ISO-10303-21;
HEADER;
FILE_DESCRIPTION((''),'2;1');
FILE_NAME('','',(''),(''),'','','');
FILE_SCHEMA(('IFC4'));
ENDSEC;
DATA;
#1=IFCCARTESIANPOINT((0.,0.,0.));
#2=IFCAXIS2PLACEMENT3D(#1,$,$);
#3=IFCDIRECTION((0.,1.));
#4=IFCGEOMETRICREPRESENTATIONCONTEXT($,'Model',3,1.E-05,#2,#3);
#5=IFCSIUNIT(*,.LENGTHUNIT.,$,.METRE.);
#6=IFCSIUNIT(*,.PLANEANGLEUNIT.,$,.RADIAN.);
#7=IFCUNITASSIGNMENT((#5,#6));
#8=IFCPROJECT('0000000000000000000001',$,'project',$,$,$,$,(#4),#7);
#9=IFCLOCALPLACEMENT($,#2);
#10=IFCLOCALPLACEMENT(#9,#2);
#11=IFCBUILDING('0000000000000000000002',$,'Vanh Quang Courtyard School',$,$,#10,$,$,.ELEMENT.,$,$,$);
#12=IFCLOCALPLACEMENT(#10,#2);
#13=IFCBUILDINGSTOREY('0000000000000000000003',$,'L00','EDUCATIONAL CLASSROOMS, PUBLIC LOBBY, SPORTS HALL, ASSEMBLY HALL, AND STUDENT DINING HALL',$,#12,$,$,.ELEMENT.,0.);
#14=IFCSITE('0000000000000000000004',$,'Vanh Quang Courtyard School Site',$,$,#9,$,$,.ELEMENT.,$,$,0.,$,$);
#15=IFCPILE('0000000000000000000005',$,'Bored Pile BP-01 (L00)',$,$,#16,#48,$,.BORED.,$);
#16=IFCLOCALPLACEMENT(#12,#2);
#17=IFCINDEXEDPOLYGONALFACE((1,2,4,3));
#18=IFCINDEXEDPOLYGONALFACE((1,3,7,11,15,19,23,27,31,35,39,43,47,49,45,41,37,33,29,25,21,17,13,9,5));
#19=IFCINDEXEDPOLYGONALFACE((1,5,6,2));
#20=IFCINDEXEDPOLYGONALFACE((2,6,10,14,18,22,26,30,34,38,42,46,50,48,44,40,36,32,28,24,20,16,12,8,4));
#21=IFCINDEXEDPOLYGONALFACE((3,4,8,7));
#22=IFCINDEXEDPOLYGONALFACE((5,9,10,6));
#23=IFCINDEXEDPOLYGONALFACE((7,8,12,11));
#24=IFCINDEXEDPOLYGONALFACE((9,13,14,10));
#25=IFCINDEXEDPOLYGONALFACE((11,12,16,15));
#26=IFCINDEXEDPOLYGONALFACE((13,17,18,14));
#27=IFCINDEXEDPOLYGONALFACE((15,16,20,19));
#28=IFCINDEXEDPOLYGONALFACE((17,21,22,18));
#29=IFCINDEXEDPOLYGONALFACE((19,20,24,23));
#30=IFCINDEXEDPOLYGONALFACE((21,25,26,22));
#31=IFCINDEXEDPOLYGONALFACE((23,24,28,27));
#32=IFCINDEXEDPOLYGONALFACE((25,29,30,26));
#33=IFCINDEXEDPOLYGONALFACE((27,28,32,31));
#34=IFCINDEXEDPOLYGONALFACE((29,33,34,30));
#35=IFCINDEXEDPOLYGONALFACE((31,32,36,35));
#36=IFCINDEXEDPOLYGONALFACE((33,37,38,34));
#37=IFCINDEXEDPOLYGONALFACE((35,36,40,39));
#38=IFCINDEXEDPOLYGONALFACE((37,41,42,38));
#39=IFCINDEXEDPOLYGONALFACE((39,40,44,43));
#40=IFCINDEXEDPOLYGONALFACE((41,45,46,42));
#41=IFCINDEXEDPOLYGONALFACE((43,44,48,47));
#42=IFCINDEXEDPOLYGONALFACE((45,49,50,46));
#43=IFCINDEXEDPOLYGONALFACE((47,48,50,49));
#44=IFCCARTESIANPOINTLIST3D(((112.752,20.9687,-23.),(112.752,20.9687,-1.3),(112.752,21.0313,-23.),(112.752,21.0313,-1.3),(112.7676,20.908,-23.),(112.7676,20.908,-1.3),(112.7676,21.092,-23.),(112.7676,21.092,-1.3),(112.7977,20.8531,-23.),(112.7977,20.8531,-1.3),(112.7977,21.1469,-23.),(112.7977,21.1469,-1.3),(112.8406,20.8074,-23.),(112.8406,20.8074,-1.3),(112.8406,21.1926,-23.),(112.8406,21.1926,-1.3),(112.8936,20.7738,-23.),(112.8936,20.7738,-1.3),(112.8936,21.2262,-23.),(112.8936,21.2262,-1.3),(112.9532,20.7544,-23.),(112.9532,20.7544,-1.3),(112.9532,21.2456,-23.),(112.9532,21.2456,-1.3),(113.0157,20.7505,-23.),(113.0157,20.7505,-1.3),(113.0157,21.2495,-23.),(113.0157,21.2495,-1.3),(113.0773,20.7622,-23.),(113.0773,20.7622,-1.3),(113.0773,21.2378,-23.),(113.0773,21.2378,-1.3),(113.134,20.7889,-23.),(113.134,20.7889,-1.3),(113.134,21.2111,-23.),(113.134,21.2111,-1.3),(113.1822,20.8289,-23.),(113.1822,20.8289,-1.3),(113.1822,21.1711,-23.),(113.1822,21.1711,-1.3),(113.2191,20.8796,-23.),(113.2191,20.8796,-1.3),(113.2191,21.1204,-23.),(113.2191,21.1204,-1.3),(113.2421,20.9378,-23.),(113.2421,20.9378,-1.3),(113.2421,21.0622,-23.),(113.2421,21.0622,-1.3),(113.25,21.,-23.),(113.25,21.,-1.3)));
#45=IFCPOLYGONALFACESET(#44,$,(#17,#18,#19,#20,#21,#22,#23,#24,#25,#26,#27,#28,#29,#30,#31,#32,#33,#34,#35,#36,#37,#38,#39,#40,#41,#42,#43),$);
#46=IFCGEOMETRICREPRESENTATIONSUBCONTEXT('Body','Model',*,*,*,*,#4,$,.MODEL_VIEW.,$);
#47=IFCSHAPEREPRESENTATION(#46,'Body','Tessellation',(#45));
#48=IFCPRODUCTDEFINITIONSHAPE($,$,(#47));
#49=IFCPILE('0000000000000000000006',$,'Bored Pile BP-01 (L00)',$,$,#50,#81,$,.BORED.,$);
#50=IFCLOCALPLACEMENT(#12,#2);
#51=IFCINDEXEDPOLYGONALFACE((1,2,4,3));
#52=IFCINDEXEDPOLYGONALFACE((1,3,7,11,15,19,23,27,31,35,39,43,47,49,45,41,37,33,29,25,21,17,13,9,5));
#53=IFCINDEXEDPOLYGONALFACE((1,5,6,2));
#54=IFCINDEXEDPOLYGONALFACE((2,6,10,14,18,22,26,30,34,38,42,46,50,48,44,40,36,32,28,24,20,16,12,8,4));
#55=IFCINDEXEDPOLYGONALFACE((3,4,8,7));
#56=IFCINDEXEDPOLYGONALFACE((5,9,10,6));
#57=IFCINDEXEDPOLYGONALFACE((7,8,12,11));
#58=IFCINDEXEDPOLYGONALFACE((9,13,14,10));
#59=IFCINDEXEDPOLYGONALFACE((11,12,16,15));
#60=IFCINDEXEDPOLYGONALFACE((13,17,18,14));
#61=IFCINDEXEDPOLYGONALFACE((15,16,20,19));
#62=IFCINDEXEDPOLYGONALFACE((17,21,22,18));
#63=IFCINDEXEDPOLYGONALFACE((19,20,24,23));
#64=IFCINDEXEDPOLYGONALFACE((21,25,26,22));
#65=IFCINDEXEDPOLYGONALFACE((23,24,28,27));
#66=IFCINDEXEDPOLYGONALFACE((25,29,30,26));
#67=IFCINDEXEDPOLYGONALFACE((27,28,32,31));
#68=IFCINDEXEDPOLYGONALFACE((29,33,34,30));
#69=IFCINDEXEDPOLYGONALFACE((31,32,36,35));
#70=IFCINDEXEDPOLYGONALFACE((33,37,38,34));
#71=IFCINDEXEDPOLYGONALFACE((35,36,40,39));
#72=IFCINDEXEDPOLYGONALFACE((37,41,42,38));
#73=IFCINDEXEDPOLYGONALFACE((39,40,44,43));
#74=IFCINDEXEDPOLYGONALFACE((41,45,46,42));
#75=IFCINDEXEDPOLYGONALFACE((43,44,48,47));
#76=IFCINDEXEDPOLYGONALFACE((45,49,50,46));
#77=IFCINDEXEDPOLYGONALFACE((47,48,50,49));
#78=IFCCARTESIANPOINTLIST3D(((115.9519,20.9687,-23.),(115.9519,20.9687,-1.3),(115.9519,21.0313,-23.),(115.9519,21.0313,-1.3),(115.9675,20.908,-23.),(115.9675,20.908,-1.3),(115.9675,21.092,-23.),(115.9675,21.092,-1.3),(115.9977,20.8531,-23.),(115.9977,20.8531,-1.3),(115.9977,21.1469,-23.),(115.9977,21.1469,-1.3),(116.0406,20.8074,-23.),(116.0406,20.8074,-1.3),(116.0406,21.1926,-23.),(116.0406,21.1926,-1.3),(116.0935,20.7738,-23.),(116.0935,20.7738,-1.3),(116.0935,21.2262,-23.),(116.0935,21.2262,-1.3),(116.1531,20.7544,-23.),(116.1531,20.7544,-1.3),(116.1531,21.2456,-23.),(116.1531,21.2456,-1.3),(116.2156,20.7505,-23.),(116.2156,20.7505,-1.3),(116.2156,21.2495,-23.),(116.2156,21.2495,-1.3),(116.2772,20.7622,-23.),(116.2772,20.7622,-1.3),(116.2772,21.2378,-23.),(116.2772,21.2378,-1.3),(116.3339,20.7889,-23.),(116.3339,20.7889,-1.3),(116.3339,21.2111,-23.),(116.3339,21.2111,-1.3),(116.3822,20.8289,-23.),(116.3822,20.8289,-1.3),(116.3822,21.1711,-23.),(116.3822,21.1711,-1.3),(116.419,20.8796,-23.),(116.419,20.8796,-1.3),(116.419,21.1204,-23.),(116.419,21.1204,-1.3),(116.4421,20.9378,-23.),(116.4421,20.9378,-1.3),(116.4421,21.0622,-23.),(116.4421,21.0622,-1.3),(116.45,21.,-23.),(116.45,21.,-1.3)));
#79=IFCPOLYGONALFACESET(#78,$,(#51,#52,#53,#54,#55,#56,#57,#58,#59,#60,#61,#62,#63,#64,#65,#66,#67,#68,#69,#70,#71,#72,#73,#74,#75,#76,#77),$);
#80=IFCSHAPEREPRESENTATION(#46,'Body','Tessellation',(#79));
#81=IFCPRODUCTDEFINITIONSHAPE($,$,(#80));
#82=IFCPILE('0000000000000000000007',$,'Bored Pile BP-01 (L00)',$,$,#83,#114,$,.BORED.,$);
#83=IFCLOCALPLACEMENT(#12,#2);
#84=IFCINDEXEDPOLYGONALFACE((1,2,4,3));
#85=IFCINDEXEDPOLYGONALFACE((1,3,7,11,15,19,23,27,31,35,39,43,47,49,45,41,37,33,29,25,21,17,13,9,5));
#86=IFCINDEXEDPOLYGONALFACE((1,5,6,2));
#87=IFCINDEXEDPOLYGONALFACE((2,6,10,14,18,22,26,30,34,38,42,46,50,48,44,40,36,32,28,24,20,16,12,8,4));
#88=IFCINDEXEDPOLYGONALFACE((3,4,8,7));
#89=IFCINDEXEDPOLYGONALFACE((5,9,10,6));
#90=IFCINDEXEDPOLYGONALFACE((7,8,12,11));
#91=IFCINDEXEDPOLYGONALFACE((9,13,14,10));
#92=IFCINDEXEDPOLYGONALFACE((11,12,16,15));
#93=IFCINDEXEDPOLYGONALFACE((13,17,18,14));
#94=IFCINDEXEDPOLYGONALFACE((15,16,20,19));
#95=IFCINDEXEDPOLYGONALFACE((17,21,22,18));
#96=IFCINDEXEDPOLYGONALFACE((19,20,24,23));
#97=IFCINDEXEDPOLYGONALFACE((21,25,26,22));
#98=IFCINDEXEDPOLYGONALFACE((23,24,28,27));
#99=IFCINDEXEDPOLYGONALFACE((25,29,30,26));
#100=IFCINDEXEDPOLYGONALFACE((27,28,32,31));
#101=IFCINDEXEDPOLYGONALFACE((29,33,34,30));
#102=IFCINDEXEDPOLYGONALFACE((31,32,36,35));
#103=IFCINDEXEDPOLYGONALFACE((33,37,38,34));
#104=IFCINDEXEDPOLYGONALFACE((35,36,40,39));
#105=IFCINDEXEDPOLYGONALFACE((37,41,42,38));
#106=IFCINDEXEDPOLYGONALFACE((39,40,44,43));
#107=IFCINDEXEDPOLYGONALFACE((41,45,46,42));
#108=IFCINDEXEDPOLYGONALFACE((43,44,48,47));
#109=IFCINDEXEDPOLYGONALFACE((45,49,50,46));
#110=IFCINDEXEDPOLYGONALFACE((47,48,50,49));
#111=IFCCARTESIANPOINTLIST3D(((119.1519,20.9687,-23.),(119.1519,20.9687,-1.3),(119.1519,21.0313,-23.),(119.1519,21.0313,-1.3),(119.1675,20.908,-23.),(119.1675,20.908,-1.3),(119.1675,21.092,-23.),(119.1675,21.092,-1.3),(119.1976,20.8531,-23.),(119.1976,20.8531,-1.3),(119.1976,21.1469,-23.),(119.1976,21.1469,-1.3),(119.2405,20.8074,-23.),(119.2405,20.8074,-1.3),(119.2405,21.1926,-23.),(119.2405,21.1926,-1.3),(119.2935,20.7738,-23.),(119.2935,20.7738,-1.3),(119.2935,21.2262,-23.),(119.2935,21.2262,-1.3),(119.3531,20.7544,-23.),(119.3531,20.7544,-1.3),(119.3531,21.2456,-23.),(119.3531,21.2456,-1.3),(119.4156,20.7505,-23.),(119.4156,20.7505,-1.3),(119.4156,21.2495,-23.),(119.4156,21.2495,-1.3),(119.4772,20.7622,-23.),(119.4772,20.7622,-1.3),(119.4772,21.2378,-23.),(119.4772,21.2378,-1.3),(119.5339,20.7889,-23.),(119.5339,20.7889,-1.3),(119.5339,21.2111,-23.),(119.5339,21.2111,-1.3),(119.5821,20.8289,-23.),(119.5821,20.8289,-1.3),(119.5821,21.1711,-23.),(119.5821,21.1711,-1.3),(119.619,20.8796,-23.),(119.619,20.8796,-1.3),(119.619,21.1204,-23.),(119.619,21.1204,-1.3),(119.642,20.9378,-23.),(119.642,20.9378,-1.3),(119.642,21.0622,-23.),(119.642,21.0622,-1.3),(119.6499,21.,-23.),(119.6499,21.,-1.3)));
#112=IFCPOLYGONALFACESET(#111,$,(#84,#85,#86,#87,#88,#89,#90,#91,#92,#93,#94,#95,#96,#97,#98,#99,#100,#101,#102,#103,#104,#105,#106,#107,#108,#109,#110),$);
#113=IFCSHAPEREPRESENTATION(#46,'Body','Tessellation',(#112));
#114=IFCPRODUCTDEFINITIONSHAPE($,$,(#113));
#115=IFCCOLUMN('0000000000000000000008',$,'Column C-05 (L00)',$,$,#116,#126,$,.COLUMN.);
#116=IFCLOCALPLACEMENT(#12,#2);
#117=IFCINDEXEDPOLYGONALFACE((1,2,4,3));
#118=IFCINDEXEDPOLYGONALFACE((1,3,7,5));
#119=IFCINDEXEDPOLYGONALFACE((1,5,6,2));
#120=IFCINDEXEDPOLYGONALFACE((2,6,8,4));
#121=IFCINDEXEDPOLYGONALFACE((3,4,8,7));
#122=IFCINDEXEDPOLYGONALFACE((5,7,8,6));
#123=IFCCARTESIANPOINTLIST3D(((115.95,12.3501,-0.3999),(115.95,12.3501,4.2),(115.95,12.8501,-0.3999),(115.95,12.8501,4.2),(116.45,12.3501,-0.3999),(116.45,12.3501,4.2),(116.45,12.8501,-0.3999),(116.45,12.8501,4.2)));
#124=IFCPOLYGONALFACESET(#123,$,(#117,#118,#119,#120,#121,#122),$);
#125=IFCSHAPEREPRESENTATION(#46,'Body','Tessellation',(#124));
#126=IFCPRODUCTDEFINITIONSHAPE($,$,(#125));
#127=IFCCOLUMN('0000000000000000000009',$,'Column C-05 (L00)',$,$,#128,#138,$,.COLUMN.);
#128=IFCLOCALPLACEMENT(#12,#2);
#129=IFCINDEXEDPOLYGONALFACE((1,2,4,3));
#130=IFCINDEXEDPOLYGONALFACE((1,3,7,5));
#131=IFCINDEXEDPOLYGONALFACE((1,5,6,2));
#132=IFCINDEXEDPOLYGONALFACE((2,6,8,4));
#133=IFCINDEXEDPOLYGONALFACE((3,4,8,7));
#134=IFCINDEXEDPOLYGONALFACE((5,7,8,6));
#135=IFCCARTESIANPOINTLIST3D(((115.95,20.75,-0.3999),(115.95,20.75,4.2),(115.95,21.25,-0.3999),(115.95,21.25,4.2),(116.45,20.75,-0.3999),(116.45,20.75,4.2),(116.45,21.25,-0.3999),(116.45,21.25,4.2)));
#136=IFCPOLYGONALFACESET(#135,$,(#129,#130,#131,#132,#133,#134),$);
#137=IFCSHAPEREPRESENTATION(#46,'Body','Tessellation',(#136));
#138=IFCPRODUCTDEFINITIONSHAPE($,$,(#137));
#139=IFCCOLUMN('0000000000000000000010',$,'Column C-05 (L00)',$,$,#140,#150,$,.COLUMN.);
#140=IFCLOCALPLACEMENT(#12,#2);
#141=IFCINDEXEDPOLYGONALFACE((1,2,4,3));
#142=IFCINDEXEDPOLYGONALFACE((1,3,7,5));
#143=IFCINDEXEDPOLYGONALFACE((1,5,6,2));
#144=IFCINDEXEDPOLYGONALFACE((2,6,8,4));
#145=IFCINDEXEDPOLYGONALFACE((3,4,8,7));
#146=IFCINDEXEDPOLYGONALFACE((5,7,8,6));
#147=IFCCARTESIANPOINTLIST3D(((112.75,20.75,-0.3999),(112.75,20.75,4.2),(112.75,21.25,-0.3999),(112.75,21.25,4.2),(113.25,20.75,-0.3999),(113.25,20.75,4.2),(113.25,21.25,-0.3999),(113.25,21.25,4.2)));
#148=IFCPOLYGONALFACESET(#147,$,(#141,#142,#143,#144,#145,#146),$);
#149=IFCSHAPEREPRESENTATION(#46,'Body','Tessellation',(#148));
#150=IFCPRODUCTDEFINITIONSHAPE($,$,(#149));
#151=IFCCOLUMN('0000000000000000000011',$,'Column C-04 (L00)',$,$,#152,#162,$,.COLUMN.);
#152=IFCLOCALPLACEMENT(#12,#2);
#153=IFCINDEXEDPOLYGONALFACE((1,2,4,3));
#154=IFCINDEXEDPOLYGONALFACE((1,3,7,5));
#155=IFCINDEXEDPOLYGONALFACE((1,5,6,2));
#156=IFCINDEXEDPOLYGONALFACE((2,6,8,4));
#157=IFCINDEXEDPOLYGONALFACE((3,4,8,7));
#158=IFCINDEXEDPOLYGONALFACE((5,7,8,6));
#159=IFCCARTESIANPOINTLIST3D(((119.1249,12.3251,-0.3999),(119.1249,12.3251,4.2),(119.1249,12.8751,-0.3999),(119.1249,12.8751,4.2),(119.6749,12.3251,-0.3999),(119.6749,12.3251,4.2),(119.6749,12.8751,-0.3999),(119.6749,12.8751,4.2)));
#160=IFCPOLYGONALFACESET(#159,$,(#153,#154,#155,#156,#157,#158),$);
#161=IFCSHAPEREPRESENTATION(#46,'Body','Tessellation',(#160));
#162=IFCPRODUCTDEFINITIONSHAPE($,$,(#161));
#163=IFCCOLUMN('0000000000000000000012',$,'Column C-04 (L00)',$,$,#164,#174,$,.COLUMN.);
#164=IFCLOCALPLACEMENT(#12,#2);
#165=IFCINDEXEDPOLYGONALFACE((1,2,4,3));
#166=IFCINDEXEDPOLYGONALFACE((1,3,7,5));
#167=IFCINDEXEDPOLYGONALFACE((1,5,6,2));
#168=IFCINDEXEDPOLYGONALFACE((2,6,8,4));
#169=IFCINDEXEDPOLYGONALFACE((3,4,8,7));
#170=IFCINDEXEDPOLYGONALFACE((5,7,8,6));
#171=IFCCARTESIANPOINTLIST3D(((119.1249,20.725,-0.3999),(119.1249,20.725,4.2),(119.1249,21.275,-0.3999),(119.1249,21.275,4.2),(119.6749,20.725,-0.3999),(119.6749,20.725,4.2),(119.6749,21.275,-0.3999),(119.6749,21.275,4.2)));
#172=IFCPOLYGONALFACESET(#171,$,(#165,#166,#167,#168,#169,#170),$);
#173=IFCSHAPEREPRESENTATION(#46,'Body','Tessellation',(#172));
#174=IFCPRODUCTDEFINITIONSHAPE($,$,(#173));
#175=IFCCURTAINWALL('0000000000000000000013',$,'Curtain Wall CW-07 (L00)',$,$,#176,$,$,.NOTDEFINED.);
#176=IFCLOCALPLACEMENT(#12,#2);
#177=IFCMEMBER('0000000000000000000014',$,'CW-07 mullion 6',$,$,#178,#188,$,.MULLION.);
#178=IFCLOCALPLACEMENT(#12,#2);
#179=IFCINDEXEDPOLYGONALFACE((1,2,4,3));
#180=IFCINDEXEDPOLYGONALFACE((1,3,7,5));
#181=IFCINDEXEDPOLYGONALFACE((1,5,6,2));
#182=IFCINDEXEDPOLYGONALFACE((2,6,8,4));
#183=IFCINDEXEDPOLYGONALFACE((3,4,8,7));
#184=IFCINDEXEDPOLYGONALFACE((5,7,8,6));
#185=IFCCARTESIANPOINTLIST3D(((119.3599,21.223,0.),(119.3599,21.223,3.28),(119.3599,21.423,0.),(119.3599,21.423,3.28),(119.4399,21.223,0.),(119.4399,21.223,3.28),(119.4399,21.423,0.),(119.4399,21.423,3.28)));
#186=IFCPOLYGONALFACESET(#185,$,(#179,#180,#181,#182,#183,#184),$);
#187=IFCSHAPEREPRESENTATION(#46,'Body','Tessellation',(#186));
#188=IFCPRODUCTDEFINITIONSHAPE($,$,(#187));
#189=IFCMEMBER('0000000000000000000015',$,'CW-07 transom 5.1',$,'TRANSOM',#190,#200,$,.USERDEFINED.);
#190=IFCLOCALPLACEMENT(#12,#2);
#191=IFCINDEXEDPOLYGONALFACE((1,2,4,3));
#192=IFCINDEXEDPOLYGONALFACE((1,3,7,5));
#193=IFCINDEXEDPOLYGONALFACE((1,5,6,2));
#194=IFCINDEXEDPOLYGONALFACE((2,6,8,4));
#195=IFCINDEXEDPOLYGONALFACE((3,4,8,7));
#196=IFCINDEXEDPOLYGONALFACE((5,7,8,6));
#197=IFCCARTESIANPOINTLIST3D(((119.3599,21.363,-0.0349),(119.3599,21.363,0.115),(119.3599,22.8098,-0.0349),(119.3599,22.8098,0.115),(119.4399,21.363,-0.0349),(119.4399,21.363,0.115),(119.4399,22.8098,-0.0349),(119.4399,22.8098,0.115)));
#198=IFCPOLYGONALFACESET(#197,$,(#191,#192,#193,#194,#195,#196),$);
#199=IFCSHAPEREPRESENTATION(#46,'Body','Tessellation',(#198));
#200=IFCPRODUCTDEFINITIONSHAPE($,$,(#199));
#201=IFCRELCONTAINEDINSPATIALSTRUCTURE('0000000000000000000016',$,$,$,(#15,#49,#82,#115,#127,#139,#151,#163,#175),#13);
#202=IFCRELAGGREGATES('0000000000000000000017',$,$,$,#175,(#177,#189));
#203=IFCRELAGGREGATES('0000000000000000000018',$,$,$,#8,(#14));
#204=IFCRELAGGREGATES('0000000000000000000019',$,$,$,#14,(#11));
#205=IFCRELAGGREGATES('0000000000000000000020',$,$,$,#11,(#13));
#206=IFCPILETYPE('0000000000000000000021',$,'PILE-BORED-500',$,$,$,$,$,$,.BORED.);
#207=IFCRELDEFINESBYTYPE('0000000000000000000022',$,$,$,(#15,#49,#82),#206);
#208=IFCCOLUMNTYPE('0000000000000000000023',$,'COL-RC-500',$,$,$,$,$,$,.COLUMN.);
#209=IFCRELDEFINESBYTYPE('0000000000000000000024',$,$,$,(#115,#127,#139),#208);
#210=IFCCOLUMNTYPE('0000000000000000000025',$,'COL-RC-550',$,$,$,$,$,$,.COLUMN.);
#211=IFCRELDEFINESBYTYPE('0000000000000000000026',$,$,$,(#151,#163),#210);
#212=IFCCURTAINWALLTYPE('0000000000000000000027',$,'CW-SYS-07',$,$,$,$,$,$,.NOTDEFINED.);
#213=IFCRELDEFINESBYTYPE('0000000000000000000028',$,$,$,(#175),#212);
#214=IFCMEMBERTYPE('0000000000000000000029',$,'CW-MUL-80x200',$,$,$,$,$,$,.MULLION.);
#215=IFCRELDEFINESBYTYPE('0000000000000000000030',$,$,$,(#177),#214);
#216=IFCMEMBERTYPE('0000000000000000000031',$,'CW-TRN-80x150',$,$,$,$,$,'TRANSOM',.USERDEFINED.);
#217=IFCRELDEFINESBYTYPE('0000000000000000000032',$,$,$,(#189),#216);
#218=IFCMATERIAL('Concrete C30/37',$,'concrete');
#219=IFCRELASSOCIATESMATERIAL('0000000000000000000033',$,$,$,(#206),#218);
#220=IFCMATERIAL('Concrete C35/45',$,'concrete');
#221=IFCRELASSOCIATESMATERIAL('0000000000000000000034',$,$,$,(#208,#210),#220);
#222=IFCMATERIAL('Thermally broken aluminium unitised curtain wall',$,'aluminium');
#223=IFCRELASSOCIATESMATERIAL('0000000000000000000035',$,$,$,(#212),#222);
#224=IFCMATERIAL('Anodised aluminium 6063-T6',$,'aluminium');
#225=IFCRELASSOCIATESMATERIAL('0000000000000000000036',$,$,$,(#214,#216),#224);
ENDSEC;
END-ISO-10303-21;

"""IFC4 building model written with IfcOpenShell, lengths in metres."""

from ifc_helpers import new_model, si_unit, direction, frame, origin, origin_2d, place, context, subcontext, project, spatial, rectangle, circle, extrude, material, material_profile, profile_set, type_object, element, aggregate, save


model = new_model("IFC4")

# Units and contexts
model_context = context("Model", 3, precision=1e-05, world=origin(), true_north=direction((0.0, 1.0)))
body_context = subcontext(model_context, "Body", "Model", "MODEL_VIEW")
ifc_project = project(units=[si_unit("LENGTHUNIT", "METRE"), si_unit("PLANEANGLEUNIT", "RADIAN")], contexts=[model_context])

# Site, building, storey
site_placement = place(None, origin())
site = spatial("IfcSite", under=ifc_project, at=site_placement, Name="Vanh Quang Courtyard School Site", CompositionType="ELEMENT", RefElevation=0.0)
building_placement = place(site_placement, origin())
building = spatial("IfcBuilding", under=site, at=building_placement, Name="Vanh Quang Courtyard School", CompositionType="ELEMENT")
storey_placement = place(building_placement, origin())
storey = spatial("IfcBuildingStorey", under=building, at=storey_placement, Name="L00", Description="EDUCATIONAL CLASSROOMS, PUBLIC LOBBY, SPORTS HALL, ASSEMBLY HALL, AND STUDENT DINING HALL", CompositionType="ELEMENT", Elevation=0.0)

# Shared definitions
ifc_material_1 = material(Name="Concrete C35/45", Category="concrete")

# Piles
ifc_material_2 = material(Name="Concrete C30/37", Category="concrete")
ifc_material_profile_1 = material_profile(ifc_material_2, circle(Radius=0.25, at=origin_2d()), Name="PILE D500")
ifc_profile_set_1 = profile_set([ifc_material_profile_1], Name="Concrete C30/37")
pile_type = type_object("IfcPileType", Name="PILE-BORED-500", PredefinedType="BORED", material=ifc_profile_set_1)
for number, where, z_axis, x_axis, name in (
    (1, (113.0, 21.0, -1.3), (0.0, 0.0, -1.0), (1.0, 0.0, 0.0), "Bored Pile BP-01 (L00)"),
    (2, (116.2, 21.0, -1.3), (0.0, 0.0, -1.0), (1.0, 0.0, 0.0), "Bored Pile BP-01 (L00)"),
    (3, (119.3999, 21.0, -1.3), (0.0, 0.0, -1.0), (1.0, 0.0, 0.0), "Bored Pile BP-01 (L00)"),
):
    element("IfcPile", number, at=place(storey_placement, frame(where, z_axis=z_axis, x_axis=x_axis)), inside=storey, type_object=pile_type, Name=name, PredefinedType="BORED", context=body_context, shape_type="SweptSolid", body=[
        extrude(circle(Radius=0.25, at=origin_2d()), origin(), (0.0, 0.0, 1.0), 21.7),
    ])

# Columns
ifc_material_profile_2 = material_profile(ifc_material_1, rectangle(XDim=0.5, YDim=0.5, at=origin_2d()), Name="RC-COL 500x500")
ifc_profile_set_2 = profile_set([ifc_material_profile_2], Name="Concrete C35/45")
column_type_1 = type_object("IfcColumnType", Name="COL-RC-500", PredefinedType="COLUMN", material=ifc_profile_set_2)
for number, where, z_axis, x_axis, name in (
    (4, (116.2, 12.6001, -0.3999), (0.0, 0.0, 1.0), (1.0, 0.0, 0.0), "Column C-05 (L00)"),
    (5, (116.2, 21.0, -0.3999), (0.0, 0.0, 1.0), (1.0, 0.0, 0.0), "Column C-05 (L00)"),
    (6, (113.0, 21.0, -0.3999), (0.0, 0.0, 1.0), (1.0, 0.0, 0.0), "Column C-05 (L00)"),
):
    element("IfcColumn", number, at=place(storey_placement, frame(where, z_axis=z_axis, x_axis=x_axis)), inside=storey, type_object=column_type_1, Name=name, PredefinedType="COLUMN", context=body_context, shape_type="SweptSolid", body=[
        extrude(rectangle(XDim=0.5, YDim=0.5, at=origin_2d()), origin(), (0.0, 0.0, 1.0), 4.5999),
    ])
ifc_material_profile_3 = material_profile(ifc_material_1, rectangle(XDim=0.55, YDim=0.55, at=origin_2d()), Name="RC-COL 550x550")
ifc_profile_set_3 = profile_set([ifc_material_profile_3], Name="Concrete C35/45")
column_type_2 = type_object("IfcColumnType", Name="COL-RC-550", PredefinedType="COLUMN", material=ifc_profile_set_3)
for number, where, z_axis, x_axis, name in (
    (7, (119.3999, 12.6001, -0.3999), (0.0, 0.0, 1.0), (1.0, 0.0, 0.0), "Column C-04 (L00)"),
    (8, (119.3999, 21.0, -0.3999), (0.0, 0.0, 1.0), (1.0, 0.0, 0.0), "Column C-04 (L00)"),
):
    element("IfcColumn", number, at=place(storey_placement, frame(where, z_axis=z_axis, x_axis=x_axis)), inside=storey, type_object=column_type_2, Name=name, PredefinedType="COLUMN", context=body_context, shape_type="SweptSolid", body=[
        extrude(rectangle(XDim=0.55, YDim=0.55, at=origin_2d()), origin(), (0.0, 0.0, 1.0), 4.5999),
    ])

# Curtain wall, members
ifc_material_3 = material(Name="Thermally broken aluminium unitised curtain wall", Category="aluminium")
curtain_wall_type = type_object("IfcCurtainWallType", Name="CW-SYS-07", PredefinedType="NOTDEFINED", material=ifc_material_3)
curtain_wall_placement = place(storey_placement, origin())
curtain_wall = element("IfcCurtainWall", 9, at=curtain_wall_placement, inside=storey, type_object=curtain_wall_type, Name="Curtain Wall CW-07 (L00)", PredefinedType="NOTDEFINED")
ifc_material_4 = material(Name="Anodised aluminium 6063-T6", Category="aluminium")
ifc_material_profile_4 = material_profile(ifc_material_4, rectangle(XDim=0.0801, YDim=0.2, at=origin_2d()), Name="ALU-MUL 80x200")
ifc_profile_set_4 = profile_set([ifc_material_profile_4], Name="Anodised aluminium 6063-T6")
member_type_1 = type_object("IfcMemberType", Name="CW-MUL-80x200", PredefinedType="MULLION", material=ifc_profile_set_4)
member_1_placement = place(storey_placement, frame((119.3999, 21.323, 0.0), z_axis=(0.0, 0.0, 1.0), x_axis=(1.0, 0.0, 0.0)))
member_1 = element("IfcMember", 10, at=member_1_placement, type_object=member_type_1, Name="CW-07 mullion 6", PredefinedType="MULLION", context=body_context, shape_type="SweptSolid", body=[
    extrude(rectangle(XDim=0.0801, YDim=0.2, at=origin_2d()), origin(), (0.0, 0.0, 1.0), 3.28),
])
ifc_material_profile_5 = material_profile(ifc_material_4, rectangle(XDim=0.0801, YDim=0.1499, at=origin_2d()), Name="ALU-TRN 80x150")
ifc_profile_set_5 = profile_set([ifc_material_profile_5], Name="Anodised aluminium 6063-T6")
member_type_2 = type_object("IfcMemberType", Name="CW-TRN-80x150", ElementType="TRANSOM", PredefinedType="USERDEFINED", material=ifc_profile_set_5)
member_2_placement = place(storey_placement, frame((119.3999, 22.8098, 0.04), z_axis=(0.0, -1.0, 0.0), x_axis=(1.0, 0.0, 0.0)))
member_2 = element("IfcMember", 11, at=member_2_placement, type_object=member_type_2, Name="CW-07 transom 5.1", ObjectType="TRANSOM", PredefinedType="USERDEFINED", context=body_context, shape_type="SweptSolid", body=[
    extrude(rectangle(XDim=0.0801, YDim=0.1499, at=origin_2d()), origin(), (0.0, 0.0, 1.0), 1.4468),
])
aggregate(curtain_wall, [member_1, member_2])

save(model, "model.ifc")
